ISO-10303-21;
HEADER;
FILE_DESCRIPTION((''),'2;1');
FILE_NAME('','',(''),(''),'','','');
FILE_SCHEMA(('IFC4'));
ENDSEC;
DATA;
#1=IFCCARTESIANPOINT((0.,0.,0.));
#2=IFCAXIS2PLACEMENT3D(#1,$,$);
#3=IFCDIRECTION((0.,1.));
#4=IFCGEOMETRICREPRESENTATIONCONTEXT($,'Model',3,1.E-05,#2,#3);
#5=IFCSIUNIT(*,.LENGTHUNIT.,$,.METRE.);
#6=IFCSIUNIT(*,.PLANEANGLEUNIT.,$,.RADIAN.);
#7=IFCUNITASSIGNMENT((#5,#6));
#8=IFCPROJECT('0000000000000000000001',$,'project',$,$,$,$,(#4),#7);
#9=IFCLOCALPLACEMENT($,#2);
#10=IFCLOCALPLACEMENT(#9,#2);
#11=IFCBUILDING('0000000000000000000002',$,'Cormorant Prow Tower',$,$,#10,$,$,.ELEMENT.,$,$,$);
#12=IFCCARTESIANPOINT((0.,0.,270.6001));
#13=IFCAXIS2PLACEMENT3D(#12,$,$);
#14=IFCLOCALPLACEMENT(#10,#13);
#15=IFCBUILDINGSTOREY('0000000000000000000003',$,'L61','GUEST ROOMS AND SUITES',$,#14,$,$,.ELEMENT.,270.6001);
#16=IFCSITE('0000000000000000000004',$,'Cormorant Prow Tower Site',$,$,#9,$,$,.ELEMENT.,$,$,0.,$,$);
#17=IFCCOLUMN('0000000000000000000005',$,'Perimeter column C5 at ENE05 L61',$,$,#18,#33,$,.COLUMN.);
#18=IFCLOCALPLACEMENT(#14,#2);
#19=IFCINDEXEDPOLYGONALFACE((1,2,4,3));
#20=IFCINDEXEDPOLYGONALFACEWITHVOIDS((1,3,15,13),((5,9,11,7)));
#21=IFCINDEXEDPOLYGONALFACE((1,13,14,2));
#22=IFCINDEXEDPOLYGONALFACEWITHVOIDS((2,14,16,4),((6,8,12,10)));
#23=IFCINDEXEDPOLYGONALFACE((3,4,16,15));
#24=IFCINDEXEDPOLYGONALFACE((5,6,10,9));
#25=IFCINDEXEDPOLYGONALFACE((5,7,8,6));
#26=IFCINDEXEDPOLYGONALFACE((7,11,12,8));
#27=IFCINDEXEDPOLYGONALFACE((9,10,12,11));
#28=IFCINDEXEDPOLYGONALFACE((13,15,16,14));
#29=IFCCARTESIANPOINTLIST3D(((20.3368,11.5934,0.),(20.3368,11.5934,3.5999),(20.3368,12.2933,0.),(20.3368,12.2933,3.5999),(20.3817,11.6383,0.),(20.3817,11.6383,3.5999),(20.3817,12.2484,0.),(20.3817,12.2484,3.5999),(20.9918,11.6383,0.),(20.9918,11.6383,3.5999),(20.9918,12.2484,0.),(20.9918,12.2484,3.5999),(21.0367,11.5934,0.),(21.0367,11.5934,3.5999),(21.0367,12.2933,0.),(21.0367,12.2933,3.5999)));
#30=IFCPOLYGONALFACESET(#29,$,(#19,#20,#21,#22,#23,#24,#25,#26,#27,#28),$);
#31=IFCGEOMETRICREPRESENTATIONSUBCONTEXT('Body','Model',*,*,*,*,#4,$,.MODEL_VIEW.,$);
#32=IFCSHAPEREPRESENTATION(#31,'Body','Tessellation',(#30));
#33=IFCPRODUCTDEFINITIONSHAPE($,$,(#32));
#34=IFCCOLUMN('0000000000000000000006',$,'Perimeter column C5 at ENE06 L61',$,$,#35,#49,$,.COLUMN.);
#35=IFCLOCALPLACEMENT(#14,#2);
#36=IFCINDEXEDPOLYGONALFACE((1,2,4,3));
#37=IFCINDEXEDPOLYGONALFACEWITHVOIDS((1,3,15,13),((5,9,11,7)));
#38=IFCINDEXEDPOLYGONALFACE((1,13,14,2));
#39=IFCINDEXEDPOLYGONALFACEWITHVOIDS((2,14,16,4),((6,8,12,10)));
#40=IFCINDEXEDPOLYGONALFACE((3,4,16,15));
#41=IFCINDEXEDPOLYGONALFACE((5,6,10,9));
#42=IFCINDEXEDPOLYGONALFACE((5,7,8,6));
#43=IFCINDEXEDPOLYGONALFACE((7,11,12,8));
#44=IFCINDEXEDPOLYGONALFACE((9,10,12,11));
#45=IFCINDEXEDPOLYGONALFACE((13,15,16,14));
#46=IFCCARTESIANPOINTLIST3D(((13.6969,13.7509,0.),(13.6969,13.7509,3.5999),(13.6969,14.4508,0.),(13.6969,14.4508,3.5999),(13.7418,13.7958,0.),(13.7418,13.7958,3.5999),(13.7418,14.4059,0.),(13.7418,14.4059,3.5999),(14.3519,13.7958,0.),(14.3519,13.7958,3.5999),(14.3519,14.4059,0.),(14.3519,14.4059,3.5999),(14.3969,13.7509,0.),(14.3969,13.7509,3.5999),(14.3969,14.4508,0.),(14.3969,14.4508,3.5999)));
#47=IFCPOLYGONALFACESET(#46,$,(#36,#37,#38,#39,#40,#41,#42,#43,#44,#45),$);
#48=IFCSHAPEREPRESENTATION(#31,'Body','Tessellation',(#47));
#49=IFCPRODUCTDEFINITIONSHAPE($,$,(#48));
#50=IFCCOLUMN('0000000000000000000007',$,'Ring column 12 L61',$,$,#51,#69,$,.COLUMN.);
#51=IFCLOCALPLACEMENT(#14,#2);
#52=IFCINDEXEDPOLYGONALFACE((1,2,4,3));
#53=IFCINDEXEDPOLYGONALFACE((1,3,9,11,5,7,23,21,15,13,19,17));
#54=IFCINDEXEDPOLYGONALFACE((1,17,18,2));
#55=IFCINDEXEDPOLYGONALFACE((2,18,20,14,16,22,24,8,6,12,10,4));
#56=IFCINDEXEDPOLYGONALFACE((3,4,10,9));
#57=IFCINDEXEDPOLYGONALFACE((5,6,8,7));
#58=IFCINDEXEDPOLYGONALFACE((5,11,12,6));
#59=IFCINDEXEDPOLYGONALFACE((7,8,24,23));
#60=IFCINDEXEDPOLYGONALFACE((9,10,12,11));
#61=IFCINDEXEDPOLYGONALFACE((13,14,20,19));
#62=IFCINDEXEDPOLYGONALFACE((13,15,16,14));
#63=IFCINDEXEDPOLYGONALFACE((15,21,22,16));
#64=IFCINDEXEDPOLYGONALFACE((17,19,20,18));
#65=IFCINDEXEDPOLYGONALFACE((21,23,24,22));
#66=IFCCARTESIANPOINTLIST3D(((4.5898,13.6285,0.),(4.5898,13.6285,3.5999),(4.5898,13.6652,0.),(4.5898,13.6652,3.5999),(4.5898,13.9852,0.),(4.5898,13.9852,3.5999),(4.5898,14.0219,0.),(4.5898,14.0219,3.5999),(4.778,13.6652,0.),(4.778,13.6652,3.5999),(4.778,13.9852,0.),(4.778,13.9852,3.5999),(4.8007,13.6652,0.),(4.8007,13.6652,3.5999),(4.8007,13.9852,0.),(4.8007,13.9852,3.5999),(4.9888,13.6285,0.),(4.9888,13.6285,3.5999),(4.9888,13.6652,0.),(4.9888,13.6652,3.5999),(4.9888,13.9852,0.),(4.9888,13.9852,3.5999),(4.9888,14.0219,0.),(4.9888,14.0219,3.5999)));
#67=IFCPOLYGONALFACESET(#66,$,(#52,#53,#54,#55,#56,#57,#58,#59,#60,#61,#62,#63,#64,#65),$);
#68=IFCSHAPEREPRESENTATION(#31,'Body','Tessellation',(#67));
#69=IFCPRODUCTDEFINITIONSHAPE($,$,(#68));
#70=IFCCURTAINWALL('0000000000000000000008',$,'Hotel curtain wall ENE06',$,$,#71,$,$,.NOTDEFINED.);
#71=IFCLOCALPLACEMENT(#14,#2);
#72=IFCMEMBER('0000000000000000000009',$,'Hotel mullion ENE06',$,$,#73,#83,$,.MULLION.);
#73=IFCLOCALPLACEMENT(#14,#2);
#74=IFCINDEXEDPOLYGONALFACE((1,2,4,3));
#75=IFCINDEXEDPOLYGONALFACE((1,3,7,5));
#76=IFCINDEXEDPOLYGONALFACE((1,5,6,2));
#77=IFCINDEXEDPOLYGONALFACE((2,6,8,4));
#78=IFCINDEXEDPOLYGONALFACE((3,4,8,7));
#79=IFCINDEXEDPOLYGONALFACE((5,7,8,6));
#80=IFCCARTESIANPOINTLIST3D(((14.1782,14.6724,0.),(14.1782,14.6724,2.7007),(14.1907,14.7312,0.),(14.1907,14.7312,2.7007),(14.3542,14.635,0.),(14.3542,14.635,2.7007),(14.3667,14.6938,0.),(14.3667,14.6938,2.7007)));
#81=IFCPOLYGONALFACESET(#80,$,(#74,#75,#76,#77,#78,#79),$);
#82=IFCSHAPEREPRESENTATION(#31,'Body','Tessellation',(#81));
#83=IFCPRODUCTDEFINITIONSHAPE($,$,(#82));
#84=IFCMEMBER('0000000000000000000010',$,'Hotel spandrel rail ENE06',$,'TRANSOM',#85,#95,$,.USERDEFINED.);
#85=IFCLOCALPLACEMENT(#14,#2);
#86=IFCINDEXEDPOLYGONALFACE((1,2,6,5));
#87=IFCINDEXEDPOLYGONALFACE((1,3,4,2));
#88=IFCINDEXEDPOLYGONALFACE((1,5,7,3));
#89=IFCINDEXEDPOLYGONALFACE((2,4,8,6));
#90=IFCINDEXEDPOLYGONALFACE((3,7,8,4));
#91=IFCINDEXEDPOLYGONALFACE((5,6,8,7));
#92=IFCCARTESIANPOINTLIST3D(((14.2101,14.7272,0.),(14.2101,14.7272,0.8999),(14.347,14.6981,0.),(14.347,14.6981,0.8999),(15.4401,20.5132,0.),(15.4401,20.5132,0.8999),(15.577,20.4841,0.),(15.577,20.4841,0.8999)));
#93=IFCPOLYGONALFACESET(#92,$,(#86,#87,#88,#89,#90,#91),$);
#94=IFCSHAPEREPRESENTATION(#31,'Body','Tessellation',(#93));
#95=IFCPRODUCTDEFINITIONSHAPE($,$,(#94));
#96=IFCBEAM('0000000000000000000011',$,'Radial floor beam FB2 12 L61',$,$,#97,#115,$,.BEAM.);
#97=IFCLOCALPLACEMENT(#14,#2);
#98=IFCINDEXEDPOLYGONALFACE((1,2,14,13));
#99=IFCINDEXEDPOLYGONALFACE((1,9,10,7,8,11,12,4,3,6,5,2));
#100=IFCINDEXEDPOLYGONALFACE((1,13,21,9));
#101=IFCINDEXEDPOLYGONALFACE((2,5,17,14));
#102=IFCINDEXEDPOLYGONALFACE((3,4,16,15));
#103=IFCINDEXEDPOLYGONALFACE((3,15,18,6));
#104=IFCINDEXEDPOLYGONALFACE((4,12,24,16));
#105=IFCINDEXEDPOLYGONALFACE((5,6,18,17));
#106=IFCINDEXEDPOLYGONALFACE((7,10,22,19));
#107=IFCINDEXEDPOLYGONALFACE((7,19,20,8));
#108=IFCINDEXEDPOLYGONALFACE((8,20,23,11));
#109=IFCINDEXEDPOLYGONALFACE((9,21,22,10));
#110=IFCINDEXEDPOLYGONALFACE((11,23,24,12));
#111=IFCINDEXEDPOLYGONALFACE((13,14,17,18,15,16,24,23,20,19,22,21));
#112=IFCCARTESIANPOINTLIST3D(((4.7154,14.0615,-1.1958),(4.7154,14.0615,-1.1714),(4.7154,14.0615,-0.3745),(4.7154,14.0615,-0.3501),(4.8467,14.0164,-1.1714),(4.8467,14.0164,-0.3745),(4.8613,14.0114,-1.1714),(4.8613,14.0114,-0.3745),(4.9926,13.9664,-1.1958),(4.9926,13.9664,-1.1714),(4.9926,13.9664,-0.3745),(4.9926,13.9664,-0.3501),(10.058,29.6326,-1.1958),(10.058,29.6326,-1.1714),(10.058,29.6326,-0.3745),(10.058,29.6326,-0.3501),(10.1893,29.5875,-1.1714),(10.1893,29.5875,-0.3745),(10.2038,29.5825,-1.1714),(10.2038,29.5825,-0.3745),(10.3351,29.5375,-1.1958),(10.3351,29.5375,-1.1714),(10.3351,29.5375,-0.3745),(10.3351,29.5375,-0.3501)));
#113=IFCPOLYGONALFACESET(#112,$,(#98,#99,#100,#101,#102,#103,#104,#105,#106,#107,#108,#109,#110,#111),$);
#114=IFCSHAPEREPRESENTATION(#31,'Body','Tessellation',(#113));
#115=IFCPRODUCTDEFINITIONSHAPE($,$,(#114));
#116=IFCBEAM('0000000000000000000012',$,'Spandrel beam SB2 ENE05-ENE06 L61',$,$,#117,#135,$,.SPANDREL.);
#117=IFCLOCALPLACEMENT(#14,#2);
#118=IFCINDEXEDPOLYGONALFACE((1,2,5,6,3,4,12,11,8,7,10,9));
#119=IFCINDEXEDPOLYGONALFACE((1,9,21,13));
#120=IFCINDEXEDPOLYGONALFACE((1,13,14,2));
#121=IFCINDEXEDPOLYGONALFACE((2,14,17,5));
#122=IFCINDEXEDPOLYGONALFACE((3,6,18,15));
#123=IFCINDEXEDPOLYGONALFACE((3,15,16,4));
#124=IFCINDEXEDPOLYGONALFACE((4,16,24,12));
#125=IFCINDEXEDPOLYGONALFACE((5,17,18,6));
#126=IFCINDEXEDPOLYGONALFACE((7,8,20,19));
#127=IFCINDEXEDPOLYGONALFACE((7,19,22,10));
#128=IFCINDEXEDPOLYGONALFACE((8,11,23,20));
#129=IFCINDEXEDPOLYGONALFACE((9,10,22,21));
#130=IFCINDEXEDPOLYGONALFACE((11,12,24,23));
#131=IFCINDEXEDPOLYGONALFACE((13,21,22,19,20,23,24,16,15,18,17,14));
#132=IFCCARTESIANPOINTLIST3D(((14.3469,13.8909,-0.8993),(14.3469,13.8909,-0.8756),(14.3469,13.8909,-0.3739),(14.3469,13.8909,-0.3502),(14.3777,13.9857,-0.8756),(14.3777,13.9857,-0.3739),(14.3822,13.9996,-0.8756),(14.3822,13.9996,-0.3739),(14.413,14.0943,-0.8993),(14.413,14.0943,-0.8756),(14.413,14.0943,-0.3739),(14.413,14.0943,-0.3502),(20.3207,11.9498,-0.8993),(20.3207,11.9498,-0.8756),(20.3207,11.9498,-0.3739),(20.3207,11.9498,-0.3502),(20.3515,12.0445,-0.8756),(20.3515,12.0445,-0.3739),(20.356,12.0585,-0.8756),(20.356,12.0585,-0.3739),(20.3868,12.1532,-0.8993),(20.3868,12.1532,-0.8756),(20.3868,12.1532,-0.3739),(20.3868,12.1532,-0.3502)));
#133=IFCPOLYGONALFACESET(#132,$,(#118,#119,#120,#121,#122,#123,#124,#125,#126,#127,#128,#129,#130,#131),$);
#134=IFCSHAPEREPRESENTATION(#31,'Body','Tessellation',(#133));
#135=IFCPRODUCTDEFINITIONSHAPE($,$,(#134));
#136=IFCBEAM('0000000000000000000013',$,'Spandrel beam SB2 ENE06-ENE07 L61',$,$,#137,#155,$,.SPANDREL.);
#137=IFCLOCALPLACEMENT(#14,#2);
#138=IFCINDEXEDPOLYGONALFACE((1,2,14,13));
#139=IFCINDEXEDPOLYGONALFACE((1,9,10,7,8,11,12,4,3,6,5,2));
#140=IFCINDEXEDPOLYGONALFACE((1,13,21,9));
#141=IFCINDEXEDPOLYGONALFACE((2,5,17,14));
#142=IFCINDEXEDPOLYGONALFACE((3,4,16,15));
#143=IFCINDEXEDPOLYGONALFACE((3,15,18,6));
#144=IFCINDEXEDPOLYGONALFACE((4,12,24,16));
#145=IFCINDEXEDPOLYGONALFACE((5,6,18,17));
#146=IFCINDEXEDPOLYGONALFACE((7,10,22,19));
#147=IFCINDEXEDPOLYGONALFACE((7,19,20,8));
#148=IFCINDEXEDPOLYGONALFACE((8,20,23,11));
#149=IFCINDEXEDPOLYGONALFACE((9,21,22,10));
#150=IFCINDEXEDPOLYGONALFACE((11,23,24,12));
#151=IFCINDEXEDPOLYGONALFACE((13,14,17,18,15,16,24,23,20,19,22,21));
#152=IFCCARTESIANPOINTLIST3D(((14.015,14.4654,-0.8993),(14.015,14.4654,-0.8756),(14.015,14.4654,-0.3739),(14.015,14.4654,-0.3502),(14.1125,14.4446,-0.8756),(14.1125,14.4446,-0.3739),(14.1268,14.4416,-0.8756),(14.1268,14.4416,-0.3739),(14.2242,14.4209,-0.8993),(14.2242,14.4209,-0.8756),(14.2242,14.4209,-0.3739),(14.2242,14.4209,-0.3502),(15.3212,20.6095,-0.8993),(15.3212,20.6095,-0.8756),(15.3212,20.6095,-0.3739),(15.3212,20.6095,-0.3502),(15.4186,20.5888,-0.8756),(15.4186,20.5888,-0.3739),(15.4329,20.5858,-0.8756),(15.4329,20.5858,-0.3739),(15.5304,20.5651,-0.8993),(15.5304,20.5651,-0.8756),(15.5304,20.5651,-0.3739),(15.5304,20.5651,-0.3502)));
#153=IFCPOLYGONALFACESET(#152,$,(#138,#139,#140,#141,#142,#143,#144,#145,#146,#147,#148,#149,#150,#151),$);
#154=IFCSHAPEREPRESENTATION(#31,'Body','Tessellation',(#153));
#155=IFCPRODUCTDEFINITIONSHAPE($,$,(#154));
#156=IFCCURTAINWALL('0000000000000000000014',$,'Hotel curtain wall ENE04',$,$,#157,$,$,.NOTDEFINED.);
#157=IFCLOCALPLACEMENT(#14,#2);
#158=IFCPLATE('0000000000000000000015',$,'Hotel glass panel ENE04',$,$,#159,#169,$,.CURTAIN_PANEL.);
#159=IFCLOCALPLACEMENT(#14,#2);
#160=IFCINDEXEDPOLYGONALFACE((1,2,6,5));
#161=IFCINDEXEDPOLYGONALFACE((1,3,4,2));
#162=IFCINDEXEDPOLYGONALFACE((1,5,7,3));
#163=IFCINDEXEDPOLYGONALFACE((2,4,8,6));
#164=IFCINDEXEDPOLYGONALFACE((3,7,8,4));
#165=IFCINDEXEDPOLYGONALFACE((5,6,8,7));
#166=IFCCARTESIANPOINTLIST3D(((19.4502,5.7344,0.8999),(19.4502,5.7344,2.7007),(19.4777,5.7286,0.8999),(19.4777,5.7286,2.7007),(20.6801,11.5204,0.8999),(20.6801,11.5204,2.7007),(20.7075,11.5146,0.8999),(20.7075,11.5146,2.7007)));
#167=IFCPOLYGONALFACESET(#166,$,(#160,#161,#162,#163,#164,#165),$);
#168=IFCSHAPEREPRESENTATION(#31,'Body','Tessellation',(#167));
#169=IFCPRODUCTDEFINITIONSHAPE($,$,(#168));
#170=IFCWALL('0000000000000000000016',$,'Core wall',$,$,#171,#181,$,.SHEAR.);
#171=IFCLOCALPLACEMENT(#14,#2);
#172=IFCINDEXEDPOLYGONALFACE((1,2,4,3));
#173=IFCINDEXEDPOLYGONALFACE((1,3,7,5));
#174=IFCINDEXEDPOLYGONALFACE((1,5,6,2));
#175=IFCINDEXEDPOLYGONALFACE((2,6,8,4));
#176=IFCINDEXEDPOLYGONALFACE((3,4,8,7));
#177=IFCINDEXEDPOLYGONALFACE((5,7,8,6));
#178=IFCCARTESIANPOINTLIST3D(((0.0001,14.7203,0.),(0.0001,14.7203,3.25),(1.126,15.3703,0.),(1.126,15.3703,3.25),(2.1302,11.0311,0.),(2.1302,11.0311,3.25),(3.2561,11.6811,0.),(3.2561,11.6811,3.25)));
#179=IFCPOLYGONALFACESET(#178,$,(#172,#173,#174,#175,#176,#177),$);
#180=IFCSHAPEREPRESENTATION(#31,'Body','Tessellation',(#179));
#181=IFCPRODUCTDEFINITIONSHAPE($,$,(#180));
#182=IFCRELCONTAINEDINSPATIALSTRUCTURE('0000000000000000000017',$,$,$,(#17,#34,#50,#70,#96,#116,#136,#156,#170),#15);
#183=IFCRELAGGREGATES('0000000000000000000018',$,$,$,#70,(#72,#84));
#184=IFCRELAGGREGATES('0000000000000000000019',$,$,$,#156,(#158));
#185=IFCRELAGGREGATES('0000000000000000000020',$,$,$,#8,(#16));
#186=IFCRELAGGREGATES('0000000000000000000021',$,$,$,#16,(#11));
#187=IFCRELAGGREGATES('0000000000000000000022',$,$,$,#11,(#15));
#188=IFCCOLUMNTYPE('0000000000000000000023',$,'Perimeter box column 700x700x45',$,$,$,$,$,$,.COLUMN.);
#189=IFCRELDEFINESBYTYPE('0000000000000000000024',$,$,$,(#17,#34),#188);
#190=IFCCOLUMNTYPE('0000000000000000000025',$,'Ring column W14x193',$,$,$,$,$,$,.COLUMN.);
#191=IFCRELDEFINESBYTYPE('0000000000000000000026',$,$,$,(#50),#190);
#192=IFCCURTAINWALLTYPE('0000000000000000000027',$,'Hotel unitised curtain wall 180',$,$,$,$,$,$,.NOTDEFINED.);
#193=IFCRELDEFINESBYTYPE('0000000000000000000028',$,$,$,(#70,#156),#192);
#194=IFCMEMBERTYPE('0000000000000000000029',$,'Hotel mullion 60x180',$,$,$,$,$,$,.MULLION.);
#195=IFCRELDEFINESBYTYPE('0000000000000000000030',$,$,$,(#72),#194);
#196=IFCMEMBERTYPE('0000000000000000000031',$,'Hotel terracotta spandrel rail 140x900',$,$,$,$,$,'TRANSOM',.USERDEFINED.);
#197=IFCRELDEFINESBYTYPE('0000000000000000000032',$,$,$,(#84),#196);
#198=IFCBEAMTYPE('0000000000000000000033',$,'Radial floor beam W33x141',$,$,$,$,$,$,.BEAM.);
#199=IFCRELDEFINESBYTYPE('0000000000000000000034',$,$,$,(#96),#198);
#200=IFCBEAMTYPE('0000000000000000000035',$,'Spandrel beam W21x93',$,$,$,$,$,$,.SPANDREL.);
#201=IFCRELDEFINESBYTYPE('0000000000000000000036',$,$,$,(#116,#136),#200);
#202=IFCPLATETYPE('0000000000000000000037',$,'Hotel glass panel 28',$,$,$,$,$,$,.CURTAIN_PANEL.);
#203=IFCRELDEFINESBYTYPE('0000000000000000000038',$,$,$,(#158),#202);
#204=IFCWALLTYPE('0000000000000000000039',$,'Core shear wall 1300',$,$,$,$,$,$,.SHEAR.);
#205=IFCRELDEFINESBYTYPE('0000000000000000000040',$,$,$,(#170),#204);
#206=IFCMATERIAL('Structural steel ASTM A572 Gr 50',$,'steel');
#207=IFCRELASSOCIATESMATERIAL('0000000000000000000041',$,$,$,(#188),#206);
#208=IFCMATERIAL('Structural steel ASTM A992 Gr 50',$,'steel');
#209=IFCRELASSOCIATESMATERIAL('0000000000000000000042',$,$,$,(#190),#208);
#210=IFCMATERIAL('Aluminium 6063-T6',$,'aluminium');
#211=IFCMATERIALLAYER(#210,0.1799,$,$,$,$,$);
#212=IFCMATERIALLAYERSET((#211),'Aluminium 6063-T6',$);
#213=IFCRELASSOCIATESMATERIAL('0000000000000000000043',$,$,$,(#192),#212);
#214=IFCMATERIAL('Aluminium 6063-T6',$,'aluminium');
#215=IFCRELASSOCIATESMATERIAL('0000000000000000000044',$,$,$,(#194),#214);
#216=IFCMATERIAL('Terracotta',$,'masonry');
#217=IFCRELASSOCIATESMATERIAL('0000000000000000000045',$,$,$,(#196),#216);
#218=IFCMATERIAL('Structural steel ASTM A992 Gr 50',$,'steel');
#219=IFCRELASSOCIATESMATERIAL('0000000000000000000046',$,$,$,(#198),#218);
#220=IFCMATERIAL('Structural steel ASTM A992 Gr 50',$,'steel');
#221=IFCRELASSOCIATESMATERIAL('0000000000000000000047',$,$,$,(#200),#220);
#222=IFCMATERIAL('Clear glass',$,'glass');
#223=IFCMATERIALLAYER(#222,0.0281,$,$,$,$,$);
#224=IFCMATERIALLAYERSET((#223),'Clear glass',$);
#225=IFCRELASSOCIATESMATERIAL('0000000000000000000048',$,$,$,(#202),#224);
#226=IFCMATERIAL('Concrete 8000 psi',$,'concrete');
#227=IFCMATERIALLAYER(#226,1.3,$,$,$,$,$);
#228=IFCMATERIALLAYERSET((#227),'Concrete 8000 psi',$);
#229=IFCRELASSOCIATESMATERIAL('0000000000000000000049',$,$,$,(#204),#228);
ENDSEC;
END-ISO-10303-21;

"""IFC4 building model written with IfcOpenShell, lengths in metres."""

from ifc_helpers import new_model, si_unit, direction, frame, frame_2d, origin, origin_2d, place, context, subcontext, project, spatial, rectangle, hollow_rectangle, i_section, extrude, material, layer, layer_set, material_profile, profile_set, type_object, element, aggregate, save


model = new_model("IFC4")

# Units and contexts
model_context = context("Model", 3, precision=1e-05, world=origin(), true_north=direction((0.0, 1.0)))
body_context = subcontext(model_context, "Body", "Model", "MODEL_VIEW")
ifc_project = project(units=[si_unit("LENGTHUNIT", "METRE"), si_unit("PLANEANGLEUNIT", "RADIAN")], contexts=[model_context])

# Site, building, storey
site_placement = place(None, origin())
site = spatial("IfcSite", under=ifc_project, at=site_placement, Name="Cormorant Prow Tower Site", CompositionType="ELEMENT", RefElevation=0.0)
building_placement = place(site_placement, origin())
building = spatial("IfcBuilding", under=site, at=building_placement, Name="Cormorant Prow Tower", CompositionType="ELEMENT")
storey_placement = place(building_placement, frame((0.0, 0.0, 270.6001)))
storey = spatial("IfcBuildingStorey", under=building, at=storey_placement, Name="L61", Description="GUEST ROOMS AND SUITES", CompositionType="ELEMENT", Elevation=270.6001)

# Columns
ifc_material_1 = material(Name="Structural steel ASTM A572 Gr 50", Category="steel")
ifc_material_profile_1 = material_profile(ifc_material_1, hollow_rectangle(XDim=0.7, YDim=0.7, WallThickness=0.0449, at=origin_2d()), Name="Box 700x700x45")
ifc_profile_set_1 = profile_set([ifc_material_profile_1], Name="Structural steel ASTM A572 Gr 50")
column_type_1 = type_object("IfcColumnType", Name="Perimeter box column 700x700x45", PredefinedType="COLUMN", material=ifc_profile_set_1)
for number, where, z_axis, x_axis, name in (
    (1, (20.6868, 11.9434, 0.0), (0.0, 0.0, 1.0), (1.0, 0.0, 0.0), "Perimeter column C5 at ENE05 L61"),
    (2, (14.0469, 14.1008, 0.0), (0.0, 0.0, 1.0), (1.0, 0.0, 0.0), "Perimeter column C5 at ENE06 L61"),
):
    element("IfcColumn", number, at=place(storey_placement, frame(where, z_axis=z_axis, x_axis=x_axis)), inside=storey, type_object=column_type_1, Name=name, PredefinedType="COLUMN", context=body_context, shape_type="SweptSolid", body=[
        extrude(hollow_rectangle(XDim=0.7, YDim=0.7, WallThickness=0.0449, at=origin_2d()), origin(), (0.0, 0.0, 1.0), 3.5999),
    ])
ifc_material_2 = material(Name="Structural steel ASTM A992 Gr 50", Category="steel")
ifc_material_profile_2 = material_profile(ifc_material_2, i_section(OverallWidth=0.3989, OverallDepth=0.3933, WebThickness=0.0227, FlangeThickness=0.0366, at=origin_2d()), Name="W14x193")
ifc_profile_set_2 = profile_set([ifc_material_profile_2], Name="Structural steel ASTM A992 Gr 50")
column_type_2 = type_object("IfcColumnType", Name="Ring column W14x193", PredefinedType="COLUMN", material=ifc_profile_set_2)
column_placement = place(storey_placement, frame((4.7893, 13.8252, 0.0), z_axis=(0.0, 0.0, 1.0), x_axis=(1.0, 0.0, 0.0)))
element("IfcColumn", 3, at=column_placement, inside=storey, type_object=column_type_2, Name="Ring column 12 L61", PredefinedType="COLUMN", context=body_context, shape_type="SweptSolid", body=[
    extrude(i_section(OverallWidth=0.3989, OverallDepth=0.3933, WebThickness=0.0227, FlangeThickness=0.0366, at=origin_2d()), origin(), (0.0, 0.0, 1.0), 3.5999),
])

# Curtain wall, members
ifc_material_3 = material(Name="Aluminium 6063-T6", Category="aluminium")
ifc_layer_1 = layer(ifc_material_3, 0.1799)
ifc_layer_set_1 = layer_set([ifc_layer_1], Name="Aluminium 6063-T6")
curtain_wall_type = type_object("IfcCurtainWallType", Name="Hotel unitised curtain wall 180", PredefinedType="NOTDEFINED", material=ifc_layer_set_1)
curtain_wall_1_placement = place(storey_placement, origin())
curtain_wall_1 = element("IfcCurtainWall", 4, at=curtain_wall_1_placement, inside=storey, type_object=curtain_wall_type, Name="Hotel curtain wall ENE06", PredefinedType="NOTDEFINED")
ifc_material_4 = material(Name="Aluminium 6063-T6", Category="aluminium")
ifc_material_profile_3 = material_profile(ifc_material_4, rectangle(XDim=0.1799, YDim=0.0601, at=origin_2d()), Name="Hotel mullion 60x180")
ifc_profile_set_3 = profile_set([ifc_material_profile_3], Name="Aluminium 6063-T6")
member_type_1 = type_object("IfcMemberType", Name="Hotel mullion 60x180", PredefinedType="MULLION", material=ifc_profile_set_3)
member_1_placement = place(storey_placement, frame((14.2725, 14.6831, 0.0), z_axis=(0.0, 0.0, 1.0), x_axis=(-0.978148, 0.207912, 0.0)))
member_1 = element("IfcMember", 5, at=member_1_placement, type_object=member_type_1, Name="Hotel mullion ENE06", PredefinedType="MULLION", context=body_context, shape_type="SweptSolid", body=[
    extrude(rectangle(XDim=0.1799, YDim=0.0601, at=origin_2d()), origin(), (0.0, 0.0, 1.0), 2.7007),
])
ifc_material_5 = material(Name="Terracotta", Category="masonry")
ifc_material_profile_4 = material_profile(ifc_material_5, rectangle(XDim=0.1399, YDim=0.8999, at=origin_2d()), Name="Hotel terracotta spandrel rail 140x900")
ifc_profile_set_4 = profile_set([ifc_material_profile_4], Name="Terracotta")
member_type_2 = type_object("IfcMemberType", Name="Hotel terracotta spandrel rail 140x900", ElementType="TRANSOM", PredefinedType="USERDEFINED", material=ifc_profile_set_4)
member_2_placement = place(storey_placement, frame((14.2786, 14.7126, 0.45), z_axis=(0.207936, 0.978142, 0.0), x_axis=(-0.978142, 0.207936, 0.0)))
member_2 = element("IfcMember", 6, at=member_2_placement, type_object=member_type_2, Name="Hotel spandrel rail ENE06", ObjectType="TRANSOM", PredefinedType="USERDEFINED", context=body_context, shape_type="SweptSolid", body=[
    extrude(rectangle(XDim=0.1399, YDim=0.8999, at=origin_2d()), origin(), (0.0, 0.0, 1.0), 5.9153),
])
aggregate(curtain_wall_1, [member_1, member_2])

# Beams
ifc_material_6 = material(Name="Structural steel ASTM A992 Gr 50", Category="steel")
ifc_material_profile_5 = material_profile(ifc_material_6, i_section(OverallWidth=0.293, OverallDepth=0.8457, WebThickness=0.0154, FlangeThickness=0.0244, at=origin_2d()), Name="W33x141")
ifc_profile_set_5 = profile_set([ifc_material_profile_5], Name="Structural steel ASTM A992 Gr 50")
beam_type_1 = type_object("IfcBeamType", Name="Radial floor beam W33x141", PredefinedType="BEAM", material=ifc_profile_set_5)
beam_1_placement = place(storey_placement, frame((4.854, 14.0139, -0.7729), z_axis=(0.324536, 0.945874, 0.0), x_axis=(-0.945874, 0.324536, 0.0)))
element("IfcBeam", 7, at=beam_1_placement, inside=storey, type_object=beam_type_1, Name="Radial floor beam FB2 12 L61", PredefinedType="BEAM", context=body_context, shape_type="SweptSolid", body=[
    extrude(i_section(OverallWidth=0.293, OverallDepth=0.8457, WebThickness=0.0154, FlangeThickness=0.0244, at=origin_2d()), origin(), (0.0, 0.0, 1.0), 16.4622),
])
ifc_material_7 = material(Name="Structural steel ASTM A992 Gr 50", Category="steel")
ifc_material_profile_6 = material_profile(ifc_material_7, i_section(OverallWidth=0.2139, OverallDepth=0.5491, WebThickness=0.0146, FlangeThickness=0.0237, at=origin_2d()), Name="W21x93")
ifc_profile_set_6 = profile_set([ifc_material_profile_6], Name="Structural steel ASTM A992 Gr 50")
beam_type_2 = type_object("IfcBeamType", Name="Spandrel beam W21x93", PredefinedType="SPANDREL", material=ifc_profile_set_6)
beam_2_placement = place(storey_placement, frame((20.3538, 12.0515, -0.6248), z_axis=(-0.95105, 0.309036, 0.0), x_axis=(-0.309036, -0.95105, 0.0)))
element("IfcBeam", 8, at=beam_2_placement, inside=storey, type_object=beam_type_2, Name="Spandrel beam SB2 ENE05-ENE06 L61", PredefinedType="SPANDREL", context=body_context, shape_type="SweptSolid", body=[
    extrude(i_section(OverallWidth=0.2139, OverallDepth=0.5491, WebThickness=0.0146, FlangeThickness=0.0237, at=origin_2d()), origin(), (0.0, 0.0, 1.0), 6.2812),
])
beam_3_placement = place(storey_placement, frame((14.1196, 14.4431, -0.6248), z_axis=(0.207934, 0.978143, 0.0), x_axis=(-0.978143, 0.207934, 0.0)))
element("IfcBeam", 9, at=beam_3_placement, inside=storey, type_object=beam_type_2, Name="Spandrel beam SB2 ENE06-ENE07 L61", PredefinedType="SPANDREL", context=body_context, shape_type="SweptSolid", body=[
    extrude(i_section(OverallWidth=0.2139, OverallDepth=0.5491, WebThickness=0.0146, FlangeThickness=0.0237, at=origin_2d()), origin(), (0.0, 0.0, 1.0), 6.2815),
])

# Curtain wall, plate
curtain_wall_2_placement = place(storey_placement, origin())
curtain_wall_2 = element("IfcCurtainWall", 10, at=curtain_wall_2_placement, inside=storey, type_object=curtain_wall_type, Name="Hotel curtain wall ENE04", PredefinedType="NOTDEFINED")
ifc_material_8 = material(Name="Clear glass", Category="glass")
ifc_layer_2 = layer(ifc_material_8, 0.0281)
ifc_layer_set_2 = layer_set([ifc_layer_2], Name="Clear glass")
plate_type = type_object("IfcPlateType", Name="Hotel glass panel 28", PredefinedType="CURTAIN_PANEL", material=ifc_layer_set_2)
plate_placement = place(storey_placement, frame((20.0789, 8.6245, 0.8999), z_axis=(0.0, 0.0, 1.0), x_axis=(0.207912, 0.978148, 0.0)))
plate = element("IfcPlate", 11, at=plate_placement, type_object=plate_type, Name="Hotel glass panel ENE04", PredefinedType="CURTAIN_PANEL", context=body_context, shape_type="SweptSolid", body=[
    extrude(rectangle(XDim=5.9153, YDim=0.0281, at=origin_2d()), origin(), (0.0, 0.0, 1.0), 1.8008),
])
aggregate(curtain_wall_2, [plate])

# Wall
ifc_material_9 = material(Name="Concrete 8000 psi", Category="concrete")
ifc_layer_3 = layer(ifc_material_9, 1.3)
ifc_layer_set_3 = layer_set([ifc_layer_3], Name="Concrete 8000 psi")
wall_type_1 = type_object("IfcWallType", Name="Core shear wall 1300", PredefinedType="SHEAR", material=ifc_layer_set_3)
wall_1_placement = place(storey_placement, frame((2.6931, 11.3562, 0.0), z_axis=(0.0, 0.0, 1.0), x_axis=(-0.500028, 0.866009, 0.0)))
element("IfcWall", 12, at=wall_1_placement, inside=storey, type_object=wall_type_1, Name="Core wall", PredefinedType="SHEAR", context=body_context, shape_type="SweptSolid", body=[
    extrude(rectangle(XDim=4.26, YDim=1.3, at=frame_2d((2.1299, 0.0))), origin(), (0.0, 0.0, 1.0), 3.25),
])

save(model, "model.ifc")
